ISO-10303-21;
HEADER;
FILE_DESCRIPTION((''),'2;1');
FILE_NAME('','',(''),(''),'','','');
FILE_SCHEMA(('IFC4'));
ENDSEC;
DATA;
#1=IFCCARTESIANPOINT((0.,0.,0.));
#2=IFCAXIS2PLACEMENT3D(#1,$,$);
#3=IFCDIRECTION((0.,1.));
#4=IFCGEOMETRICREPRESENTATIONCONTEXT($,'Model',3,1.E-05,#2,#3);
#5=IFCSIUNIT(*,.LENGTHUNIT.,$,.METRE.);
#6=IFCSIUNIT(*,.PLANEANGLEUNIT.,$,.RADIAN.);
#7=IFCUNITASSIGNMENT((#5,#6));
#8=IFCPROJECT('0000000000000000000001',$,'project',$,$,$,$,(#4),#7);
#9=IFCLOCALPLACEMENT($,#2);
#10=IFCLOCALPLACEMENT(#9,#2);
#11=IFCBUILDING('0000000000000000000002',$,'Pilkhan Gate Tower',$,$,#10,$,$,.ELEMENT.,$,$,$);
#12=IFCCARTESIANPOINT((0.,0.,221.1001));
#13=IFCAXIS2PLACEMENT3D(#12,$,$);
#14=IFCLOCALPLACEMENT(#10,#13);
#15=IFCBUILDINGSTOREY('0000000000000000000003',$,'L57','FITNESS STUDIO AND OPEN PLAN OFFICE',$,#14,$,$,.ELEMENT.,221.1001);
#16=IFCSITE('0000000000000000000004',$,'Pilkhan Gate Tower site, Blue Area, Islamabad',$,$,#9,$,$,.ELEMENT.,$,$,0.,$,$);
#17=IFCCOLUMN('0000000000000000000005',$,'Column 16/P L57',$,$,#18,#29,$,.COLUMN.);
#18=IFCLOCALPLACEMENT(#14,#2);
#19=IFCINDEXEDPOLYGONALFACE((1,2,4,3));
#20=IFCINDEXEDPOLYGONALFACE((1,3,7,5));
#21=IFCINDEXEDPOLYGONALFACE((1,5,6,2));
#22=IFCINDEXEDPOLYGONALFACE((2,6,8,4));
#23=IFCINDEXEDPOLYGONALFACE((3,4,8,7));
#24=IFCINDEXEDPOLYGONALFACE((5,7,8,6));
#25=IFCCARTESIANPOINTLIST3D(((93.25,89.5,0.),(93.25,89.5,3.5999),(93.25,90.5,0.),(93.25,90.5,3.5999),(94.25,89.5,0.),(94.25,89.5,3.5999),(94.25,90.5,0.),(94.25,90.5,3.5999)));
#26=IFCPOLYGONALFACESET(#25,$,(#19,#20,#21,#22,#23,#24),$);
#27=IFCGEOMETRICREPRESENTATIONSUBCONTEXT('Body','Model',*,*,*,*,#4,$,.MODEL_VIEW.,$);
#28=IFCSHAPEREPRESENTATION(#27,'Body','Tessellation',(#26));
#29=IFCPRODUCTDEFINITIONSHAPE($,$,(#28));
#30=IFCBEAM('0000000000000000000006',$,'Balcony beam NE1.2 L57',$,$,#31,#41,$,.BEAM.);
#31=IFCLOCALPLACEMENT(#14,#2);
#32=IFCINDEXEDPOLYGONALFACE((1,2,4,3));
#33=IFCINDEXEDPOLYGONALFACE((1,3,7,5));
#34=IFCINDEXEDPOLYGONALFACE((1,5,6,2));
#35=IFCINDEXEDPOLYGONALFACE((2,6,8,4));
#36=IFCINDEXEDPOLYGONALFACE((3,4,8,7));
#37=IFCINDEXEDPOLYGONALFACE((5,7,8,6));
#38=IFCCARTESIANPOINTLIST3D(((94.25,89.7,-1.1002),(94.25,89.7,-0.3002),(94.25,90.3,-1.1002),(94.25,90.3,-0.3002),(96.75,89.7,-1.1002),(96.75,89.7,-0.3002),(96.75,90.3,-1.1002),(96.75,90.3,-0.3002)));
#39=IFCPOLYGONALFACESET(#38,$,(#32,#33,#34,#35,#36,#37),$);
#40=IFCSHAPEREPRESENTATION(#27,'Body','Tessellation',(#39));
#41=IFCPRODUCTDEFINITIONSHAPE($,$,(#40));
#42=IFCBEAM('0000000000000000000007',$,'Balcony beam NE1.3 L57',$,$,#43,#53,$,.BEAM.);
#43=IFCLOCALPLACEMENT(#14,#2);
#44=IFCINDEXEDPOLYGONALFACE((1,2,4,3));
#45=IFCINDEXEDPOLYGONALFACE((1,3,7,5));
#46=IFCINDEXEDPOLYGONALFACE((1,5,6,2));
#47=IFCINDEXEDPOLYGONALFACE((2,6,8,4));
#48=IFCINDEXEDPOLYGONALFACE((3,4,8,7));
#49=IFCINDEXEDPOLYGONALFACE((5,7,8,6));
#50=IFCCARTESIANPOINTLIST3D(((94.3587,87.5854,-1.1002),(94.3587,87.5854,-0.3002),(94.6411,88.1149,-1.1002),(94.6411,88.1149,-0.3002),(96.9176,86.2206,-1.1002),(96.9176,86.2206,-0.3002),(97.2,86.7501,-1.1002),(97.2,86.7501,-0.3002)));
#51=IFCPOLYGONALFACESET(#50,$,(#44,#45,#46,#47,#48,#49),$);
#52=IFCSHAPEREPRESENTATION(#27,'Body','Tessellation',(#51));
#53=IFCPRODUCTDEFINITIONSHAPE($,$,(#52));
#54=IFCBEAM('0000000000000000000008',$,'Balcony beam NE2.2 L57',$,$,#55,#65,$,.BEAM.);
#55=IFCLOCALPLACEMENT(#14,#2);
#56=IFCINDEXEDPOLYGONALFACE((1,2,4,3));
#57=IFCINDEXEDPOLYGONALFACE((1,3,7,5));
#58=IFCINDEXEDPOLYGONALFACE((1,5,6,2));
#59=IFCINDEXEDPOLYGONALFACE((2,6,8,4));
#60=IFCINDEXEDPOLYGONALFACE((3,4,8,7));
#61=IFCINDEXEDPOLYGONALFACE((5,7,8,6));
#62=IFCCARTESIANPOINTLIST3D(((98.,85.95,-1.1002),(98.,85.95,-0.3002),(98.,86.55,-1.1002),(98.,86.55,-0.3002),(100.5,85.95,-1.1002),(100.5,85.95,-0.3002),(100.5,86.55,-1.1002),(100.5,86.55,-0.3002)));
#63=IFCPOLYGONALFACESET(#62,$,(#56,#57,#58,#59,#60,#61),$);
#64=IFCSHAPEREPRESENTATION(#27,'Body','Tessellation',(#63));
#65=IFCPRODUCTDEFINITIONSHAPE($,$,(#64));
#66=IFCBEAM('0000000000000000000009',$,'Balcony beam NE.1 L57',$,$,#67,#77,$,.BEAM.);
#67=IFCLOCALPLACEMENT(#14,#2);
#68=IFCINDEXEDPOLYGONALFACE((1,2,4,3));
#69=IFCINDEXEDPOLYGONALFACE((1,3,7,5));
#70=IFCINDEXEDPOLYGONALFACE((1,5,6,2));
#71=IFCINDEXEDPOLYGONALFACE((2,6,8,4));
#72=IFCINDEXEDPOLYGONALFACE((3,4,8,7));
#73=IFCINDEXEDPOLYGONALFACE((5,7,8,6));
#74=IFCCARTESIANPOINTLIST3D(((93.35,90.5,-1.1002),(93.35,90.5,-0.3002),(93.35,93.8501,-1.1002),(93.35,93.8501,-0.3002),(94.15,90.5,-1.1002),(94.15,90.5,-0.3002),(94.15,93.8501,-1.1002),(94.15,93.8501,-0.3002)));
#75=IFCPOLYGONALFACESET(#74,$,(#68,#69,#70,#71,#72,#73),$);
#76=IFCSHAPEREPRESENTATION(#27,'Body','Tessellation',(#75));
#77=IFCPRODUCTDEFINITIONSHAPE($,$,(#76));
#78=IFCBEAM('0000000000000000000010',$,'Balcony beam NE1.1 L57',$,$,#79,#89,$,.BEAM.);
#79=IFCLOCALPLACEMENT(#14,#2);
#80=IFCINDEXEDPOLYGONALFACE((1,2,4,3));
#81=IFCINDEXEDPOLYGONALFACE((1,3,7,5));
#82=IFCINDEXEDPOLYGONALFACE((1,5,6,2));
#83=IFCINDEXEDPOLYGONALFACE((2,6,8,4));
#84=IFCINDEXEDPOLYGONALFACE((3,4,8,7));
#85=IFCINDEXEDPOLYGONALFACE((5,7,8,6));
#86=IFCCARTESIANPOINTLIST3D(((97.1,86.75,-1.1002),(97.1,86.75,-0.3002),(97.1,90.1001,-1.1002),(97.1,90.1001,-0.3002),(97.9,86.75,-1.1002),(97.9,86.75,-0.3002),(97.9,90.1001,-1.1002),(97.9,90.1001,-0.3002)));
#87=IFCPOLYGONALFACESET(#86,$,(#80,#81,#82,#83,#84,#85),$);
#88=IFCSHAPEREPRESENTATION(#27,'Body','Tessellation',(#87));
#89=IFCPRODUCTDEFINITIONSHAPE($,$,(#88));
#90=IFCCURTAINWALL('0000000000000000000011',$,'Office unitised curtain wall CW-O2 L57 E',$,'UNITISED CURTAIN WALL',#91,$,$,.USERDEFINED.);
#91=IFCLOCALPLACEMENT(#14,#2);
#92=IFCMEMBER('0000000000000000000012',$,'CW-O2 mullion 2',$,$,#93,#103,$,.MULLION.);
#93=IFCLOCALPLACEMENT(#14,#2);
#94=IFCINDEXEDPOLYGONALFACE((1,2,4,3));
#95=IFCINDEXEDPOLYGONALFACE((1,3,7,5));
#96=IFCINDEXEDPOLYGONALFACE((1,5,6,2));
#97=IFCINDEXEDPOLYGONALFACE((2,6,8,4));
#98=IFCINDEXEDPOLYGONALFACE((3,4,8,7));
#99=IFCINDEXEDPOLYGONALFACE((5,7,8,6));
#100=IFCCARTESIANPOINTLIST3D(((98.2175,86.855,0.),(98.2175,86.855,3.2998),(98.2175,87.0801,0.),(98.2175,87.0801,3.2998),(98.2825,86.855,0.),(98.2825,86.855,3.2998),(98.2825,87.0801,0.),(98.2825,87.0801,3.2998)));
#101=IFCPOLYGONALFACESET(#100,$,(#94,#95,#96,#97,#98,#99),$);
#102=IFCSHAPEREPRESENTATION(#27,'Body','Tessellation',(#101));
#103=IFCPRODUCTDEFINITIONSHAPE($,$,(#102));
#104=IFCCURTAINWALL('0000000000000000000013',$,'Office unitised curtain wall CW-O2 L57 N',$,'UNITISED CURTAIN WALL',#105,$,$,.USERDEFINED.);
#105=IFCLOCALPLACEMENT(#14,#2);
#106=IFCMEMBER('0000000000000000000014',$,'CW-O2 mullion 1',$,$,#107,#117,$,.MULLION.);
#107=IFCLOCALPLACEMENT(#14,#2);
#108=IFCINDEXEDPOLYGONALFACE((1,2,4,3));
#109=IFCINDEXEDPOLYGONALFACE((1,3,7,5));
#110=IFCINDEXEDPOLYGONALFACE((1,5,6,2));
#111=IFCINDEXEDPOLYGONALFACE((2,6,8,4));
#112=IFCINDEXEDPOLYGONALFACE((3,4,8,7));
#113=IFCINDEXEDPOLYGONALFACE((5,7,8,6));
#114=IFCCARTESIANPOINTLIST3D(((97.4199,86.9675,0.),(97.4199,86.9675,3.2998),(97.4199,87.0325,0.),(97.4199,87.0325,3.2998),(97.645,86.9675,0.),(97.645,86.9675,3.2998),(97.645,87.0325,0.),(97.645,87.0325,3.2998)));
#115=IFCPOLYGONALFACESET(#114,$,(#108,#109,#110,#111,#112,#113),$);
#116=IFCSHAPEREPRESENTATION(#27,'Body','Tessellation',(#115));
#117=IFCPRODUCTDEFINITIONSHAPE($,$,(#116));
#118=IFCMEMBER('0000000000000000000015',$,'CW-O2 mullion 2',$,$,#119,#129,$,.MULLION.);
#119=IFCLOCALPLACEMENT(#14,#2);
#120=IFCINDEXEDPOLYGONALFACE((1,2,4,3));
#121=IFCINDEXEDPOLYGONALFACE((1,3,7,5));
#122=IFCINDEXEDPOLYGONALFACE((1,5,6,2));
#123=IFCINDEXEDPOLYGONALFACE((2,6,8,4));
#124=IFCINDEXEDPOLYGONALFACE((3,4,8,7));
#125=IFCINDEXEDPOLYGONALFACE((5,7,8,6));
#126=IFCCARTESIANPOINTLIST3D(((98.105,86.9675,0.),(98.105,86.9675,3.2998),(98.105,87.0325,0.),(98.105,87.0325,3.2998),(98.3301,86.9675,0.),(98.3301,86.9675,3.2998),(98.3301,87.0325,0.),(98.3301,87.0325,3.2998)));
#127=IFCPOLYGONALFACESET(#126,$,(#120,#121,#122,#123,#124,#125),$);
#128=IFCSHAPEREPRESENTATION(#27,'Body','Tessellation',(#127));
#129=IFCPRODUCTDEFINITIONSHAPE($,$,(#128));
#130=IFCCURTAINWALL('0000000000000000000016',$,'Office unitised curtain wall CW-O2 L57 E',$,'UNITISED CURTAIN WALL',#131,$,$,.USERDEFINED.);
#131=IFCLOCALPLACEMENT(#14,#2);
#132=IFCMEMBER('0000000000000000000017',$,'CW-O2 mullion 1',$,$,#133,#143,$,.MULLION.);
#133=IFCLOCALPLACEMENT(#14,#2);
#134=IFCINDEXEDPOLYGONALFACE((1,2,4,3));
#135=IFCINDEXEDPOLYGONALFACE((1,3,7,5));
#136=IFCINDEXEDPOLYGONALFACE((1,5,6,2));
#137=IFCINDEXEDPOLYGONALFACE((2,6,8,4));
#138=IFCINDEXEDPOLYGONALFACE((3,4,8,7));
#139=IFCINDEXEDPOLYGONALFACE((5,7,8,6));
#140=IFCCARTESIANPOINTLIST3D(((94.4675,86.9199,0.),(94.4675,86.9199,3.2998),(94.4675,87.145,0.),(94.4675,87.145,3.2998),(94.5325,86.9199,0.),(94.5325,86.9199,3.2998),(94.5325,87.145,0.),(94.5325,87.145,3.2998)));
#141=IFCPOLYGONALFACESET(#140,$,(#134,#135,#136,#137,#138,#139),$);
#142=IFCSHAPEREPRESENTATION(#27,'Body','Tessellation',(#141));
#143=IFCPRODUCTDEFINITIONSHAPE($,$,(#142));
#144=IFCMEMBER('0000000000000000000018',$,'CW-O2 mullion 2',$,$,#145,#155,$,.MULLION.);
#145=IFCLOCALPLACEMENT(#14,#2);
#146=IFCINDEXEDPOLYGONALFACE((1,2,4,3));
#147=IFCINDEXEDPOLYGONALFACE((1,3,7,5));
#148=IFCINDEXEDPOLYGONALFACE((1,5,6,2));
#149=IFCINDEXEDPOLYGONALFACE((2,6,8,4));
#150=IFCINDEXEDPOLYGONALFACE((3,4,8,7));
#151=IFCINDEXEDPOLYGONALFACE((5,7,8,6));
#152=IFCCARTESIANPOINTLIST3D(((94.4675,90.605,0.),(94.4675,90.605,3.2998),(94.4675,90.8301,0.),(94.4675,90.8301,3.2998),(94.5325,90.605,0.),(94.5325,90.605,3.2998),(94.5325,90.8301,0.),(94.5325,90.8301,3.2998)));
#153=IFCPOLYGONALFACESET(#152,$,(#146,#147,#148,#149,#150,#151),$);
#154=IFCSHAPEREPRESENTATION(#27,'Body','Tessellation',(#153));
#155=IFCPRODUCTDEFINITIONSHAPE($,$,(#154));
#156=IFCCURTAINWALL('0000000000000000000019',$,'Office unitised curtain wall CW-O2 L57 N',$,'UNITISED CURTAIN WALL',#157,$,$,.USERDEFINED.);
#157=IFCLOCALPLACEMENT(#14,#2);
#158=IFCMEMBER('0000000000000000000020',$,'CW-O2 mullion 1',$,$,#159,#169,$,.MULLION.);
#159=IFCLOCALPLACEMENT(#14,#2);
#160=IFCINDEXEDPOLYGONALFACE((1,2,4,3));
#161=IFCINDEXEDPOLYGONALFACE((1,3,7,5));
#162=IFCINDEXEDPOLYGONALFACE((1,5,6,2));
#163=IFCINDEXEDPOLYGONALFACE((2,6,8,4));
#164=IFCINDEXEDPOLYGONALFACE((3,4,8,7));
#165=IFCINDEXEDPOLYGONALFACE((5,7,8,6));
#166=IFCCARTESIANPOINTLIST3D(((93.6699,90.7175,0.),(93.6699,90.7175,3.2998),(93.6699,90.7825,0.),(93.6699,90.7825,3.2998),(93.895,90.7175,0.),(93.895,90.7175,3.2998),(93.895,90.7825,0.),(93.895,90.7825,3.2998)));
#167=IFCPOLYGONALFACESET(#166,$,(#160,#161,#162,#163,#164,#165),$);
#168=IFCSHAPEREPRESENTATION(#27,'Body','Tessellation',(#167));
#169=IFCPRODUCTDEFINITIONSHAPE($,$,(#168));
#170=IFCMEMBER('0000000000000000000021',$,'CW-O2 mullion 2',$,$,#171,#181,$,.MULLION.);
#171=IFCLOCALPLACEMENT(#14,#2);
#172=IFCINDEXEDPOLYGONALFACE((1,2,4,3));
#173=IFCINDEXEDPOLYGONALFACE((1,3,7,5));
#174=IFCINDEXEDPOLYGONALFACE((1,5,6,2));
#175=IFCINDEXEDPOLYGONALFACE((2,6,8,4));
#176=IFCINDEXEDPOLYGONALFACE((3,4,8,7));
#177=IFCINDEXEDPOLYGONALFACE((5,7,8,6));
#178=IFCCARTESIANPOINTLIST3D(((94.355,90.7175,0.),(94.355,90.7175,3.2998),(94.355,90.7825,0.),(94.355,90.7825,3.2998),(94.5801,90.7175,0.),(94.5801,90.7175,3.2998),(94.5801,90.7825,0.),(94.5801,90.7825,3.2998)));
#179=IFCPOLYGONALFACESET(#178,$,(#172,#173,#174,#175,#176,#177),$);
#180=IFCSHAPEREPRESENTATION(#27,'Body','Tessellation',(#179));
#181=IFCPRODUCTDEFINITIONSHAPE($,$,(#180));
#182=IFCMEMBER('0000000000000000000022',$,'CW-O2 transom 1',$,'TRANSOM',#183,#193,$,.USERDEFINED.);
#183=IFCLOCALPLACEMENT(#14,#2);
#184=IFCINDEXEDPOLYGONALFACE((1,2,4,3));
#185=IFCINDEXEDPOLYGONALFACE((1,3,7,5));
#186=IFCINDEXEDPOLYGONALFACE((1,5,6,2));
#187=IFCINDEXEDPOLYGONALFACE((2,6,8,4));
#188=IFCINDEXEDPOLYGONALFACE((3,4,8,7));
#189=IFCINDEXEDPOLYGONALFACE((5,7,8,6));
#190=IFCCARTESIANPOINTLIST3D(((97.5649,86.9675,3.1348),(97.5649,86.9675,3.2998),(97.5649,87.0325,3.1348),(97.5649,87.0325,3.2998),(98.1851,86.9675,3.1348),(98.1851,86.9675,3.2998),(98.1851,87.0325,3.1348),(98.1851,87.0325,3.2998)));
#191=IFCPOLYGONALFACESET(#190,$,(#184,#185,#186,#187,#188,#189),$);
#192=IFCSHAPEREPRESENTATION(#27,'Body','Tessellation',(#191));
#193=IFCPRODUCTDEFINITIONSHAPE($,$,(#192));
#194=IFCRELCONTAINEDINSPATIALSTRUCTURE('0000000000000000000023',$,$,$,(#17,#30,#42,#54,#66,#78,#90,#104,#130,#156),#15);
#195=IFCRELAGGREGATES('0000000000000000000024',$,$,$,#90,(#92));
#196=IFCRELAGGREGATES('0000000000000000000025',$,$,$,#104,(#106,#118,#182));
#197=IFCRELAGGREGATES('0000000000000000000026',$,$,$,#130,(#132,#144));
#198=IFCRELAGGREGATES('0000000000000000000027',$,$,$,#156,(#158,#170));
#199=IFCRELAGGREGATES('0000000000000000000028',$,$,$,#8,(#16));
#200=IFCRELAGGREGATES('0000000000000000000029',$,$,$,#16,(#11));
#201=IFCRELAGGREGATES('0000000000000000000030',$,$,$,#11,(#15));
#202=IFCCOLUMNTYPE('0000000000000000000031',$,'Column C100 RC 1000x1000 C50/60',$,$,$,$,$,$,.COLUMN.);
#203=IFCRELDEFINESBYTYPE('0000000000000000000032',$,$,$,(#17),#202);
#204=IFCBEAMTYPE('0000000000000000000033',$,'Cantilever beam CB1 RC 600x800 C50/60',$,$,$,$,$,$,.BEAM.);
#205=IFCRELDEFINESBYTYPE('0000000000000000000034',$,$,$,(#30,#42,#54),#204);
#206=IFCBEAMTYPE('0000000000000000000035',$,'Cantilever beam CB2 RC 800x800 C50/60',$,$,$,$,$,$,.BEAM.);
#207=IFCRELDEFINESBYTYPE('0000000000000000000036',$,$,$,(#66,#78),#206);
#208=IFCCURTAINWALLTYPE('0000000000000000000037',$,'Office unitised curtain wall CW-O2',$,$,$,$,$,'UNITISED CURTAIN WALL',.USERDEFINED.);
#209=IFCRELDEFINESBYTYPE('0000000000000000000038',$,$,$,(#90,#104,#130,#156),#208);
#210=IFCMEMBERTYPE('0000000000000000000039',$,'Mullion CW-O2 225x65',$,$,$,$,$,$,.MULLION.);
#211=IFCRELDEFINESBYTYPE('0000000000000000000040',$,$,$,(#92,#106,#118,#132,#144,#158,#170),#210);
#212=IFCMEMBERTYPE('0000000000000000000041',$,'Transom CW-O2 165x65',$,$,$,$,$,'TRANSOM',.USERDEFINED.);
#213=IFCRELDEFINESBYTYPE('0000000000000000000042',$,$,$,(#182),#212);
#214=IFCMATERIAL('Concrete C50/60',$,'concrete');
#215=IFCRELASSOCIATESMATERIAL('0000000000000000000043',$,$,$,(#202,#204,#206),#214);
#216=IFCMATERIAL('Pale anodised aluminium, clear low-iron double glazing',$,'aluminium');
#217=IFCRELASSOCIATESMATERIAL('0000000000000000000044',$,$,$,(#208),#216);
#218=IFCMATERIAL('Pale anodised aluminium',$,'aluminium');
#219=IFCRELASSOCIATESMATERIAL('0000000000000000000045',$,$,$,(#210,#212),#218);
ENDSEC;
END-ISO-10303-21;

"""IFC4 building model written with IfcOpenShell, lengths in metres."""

from ifc_helpers import new_model, si_unit, direction, frame, origin, origin_2d, place, context, subcontext, project, spatial, rectangle, extrude, material, material_profile, profile_set, type_object, element, aggregate, save


model = new_model("IFC4")

# Units and contexts
model_context = context("Model", 3, precision=1e-05, world=origin(), true_north=direction((0.0, 1.0)))
body_context = subcontext(model_context, "Body", "Model", "MODEL_VIEW")
ifc_project = project(units=[si_unit("LENGTHUNIT", "METRE"), si_unit("PLANEANGLEUNIT", "RADIAN")], contexts=[model_context])

# Site, building, storey
site_placement = place(None, origin())
site = spatial("IfcSite", under=ifc_project, at=site_placement, Name="Pilkhan Gate Tower site, Blue Area, Islamabad", CompositionType="ELEMENT", RefElevation=0.0)
building_placement = place(site_placement, origin())
building = spatial("IfcBuilding", under=site, at=building_placement, Name="Pilkhan Gate Tower", CompositionType="ELEMENT")
storey_placement = place(building_placement, frame((0.0, 0.0, 221.1001)))
storey = spatial("IfcBuildingStorey", under=building, at=storey_placement, Name="L57", Description="FITNESS STUDIO AND OPEN PLAN OFFICE", CompositionType="ELEMENT", Elevation=221.1001)

# Column
ifc_material_1 = material(Name="Concrete C50/60", Category="concrete")
ifc_material_profile_1 = material_profile(ifc_material_1, rectangle(XDim=1.0, YDim=1.0, at=origin_2d()), Name="RC 1000x1000")
ifc_profile_set_1 = profile_set([ifc_material_profile_1], Name="Concrete C50/60")
column_type = type_object("IfcColumnType", Name="Column C100 RC 1000x1000 C50/60", PredefinedType="COLUMN", material=ifc_profile_set_1)
column_placement = place(storey_placement, frame((93.75, 90.0, 0.0), z_axis=(0.0, 0.0, 1.0), x_axis=(1.0, 0.0, 0.0)))
element("IfcColumn", 1, at=column_placement, inside=storey, type_object=column_type, Name="Column 16/P L57", PredefinedType="COLUMN", context=body_context, shape_type="SweptSolid", body=[
    extrude(rectangle(XDim=1.0, YDim=1.0, at=origin_2d()), origin(), (0.0, 0.0, 1.0), 3.5999),
])

# Beams
ifc_material_profile_2 = material_profile(ifc_material_1, rectangle(XDim=0.6001, YDim=0.8, at=origin_2d()), Name="RC 600x800")
ifc_profile_set_2 = profile_set([ifc_material_profile_2], Name="Concrete C50/60")
beam_type_1 = type_object("IfcBeamType", Name="Cantilever beam CB1 RC 600x800 C50/60", PredefinedType="BEAM", material=ifc_profile_set_2)
beam_1_placement = place(storey_placement, frame((94.25, 90.0, -0.7002), z_axis=(1.0, 0.0, 0.0), x_axis=(0.0, 1.0, 0.0)))
element("IfcBeam", 2, at=beam_1_placement, inside=storey, type_object=beam_type_1, Name="Balcony beam NE1.2 L57", PredefinedType="BEAM", context=body_context, shape_type="SweptSolid", body=[
    extrude(rectangle(XDim=0.6001, YDim=0.8, at=origin_2d()), origin(), (0.0, 0.0, 1.0), 2.5),
])
beam_2_placement = place(storey_placement, frame((97.0588, 86.4854, -0.7002), z_axis=(-0.882348, 0.470597, 0.0), x_axis=(-0.470597, -0.882348, 0.0)))
element("IfcBeam", 3, at=beam_2_placement, inside=storey, type_object=beam_type_1, Name="Balcony beam NE1.3 L57", PredefinedType="BEAM", context=body_context, shape_type="SweptSolid", body=[
    extrude(rectangle(XDim=0.6001, YDim=0.8, at=origin_2d()), origin(), (0.0, 0.0, 1.0), 2.9001),
])
beam_3_placement = place(storey_placement, frame((98.0, 86.25, -0.7002), z_axis=(1.0, 0.0, 0.0), x_axis=(0.0, 1.0, 0.0)))
element("IfcBeam", 4, at=beam_3_placement, inside=storey, type_object=beam_type_1, Name="Balcony beam NE2.2 L57", PredefinedType="BEAM", context=body_context, shape_type="SweptSolid", body=[
    extrude(rectangle(XDim=0.6001, YDim=0.8, at=origin_2d()), origin(), (0.0, 0.0, 1.0), 2.5),
])
ifc_material_profile_3 = material_profile(ifc_material_1, rectangle(XDim=0.8, YDim=0.8, at=origin_2d()), Name="RC 800x800")
ifc_profile_set_3 = profile_set([ifc_material_profile_3], Name="Concrete C50/60")
beam_type_2 = type_object("IfcBeamType", Name="Cantilever beam CB2 RC 800x800 C50/60", PredefinedType="BEAM", material=ifc_profile_set_3)
for number, where, z_axis, x_axis, name in (
    (5, (93.75, 90.5, -0.7002), (0.0, 1.0, 0.0), (-1.0, 0.0, 0.0), "Balcony beam NE.1 L57"),
    (6, (97.5, 86.75, -0.7002), (0.0, 1.0, 0.0), (-1.0, 0.0, 0.0), "Balcony beam NE1.1 L57"),
):
    element("IfcBeam", number, at=place(storey_placement, frame(where, z_axis=z_axis, x_axis=x_axis)), inside=storey, type_object=beam_type_2, Name=name, PredefinedType="BEAM", context=body_context, shape_type="SweptSolid", body=[
        extrude(rectangle(XDim=0.8, YDim=0.8, at=origin_2d()), origin(), (0.0, 0.0, 1.0), 3.3501),
    ])

# Curtain wall, member
ifc_material_2 = material(Name="Pale anodised aluminium, clear low-iron double glazing", Category="aluminium")
curtain_wall_type = type_object("IfcCurtainWallType", Name="Office unitised curtain wall CW-O2", ElementType="UNITISED CURTAIN WALL", PredefinedType="USERDEFINED", material=ifc_material_2)
curtain_wall_1_placement = place(storey_placement, origin())
curtain_wall_1 = element("IfcCurtainWall", 7, at=curtain_wall_1_placement, inside=storey, type_object=curtain_wall_type, Name="Office unitised curtain wall CW-O2 L57 E", ObjectType="UNITISED CURTAIN WALL", PredefinedType="USERDEFINED")
ifc_material_3 = material(Name="Pale anodised aluminium", Category="aluminium")
ifc_material_profile_4 = material_profile(ifc_material_3, rectangle(XDim=0.0649, YDim=0.2251, at=origin_2d()), Name="Mullion 225x65")
ifc_profile_set_4 = profile_set([ifc_material_profile_4], Name="Pale anodised aluminium")
member_type_1 = type_object("IfcMemberType", Name="Mullion CW-O2 225x65", PredefinedType="MULLION", material=ifc_profile_set_4)
member_1_placement = place(storey_placement, frame((98.25, 86.9675, 0.0), z_axis=(0.0, 0.0, 1.0), x_axis=(-1.0, 0.0, 0.0)))
member_1 = element("IfcMember", 8, at=member_1_placement, type_object=member_type_1, Name="CW-O2 mullion 2", PredefinedType="MULLION", context=body_context, shape_type="SweptSolid", body=[
    extrude(rectangle(XDim=0.0649, YDim=0.2251, at=origin_2d()), origin(), (0.0, 0.0, 1.0), 3.2998),
])
aggregate(curtain_wall_1, [member_1])

# Curtain walls, members
curtain_wall_2_placement = place(storey_placement, origin())
curtain_wall_2 = element("IfcCurtainWall", 9, at=curtain_wall_2_placement, inside=storey, type_object=curtain_wall_type, Name="Office unitised curtain wall CW-O2 L57 N", ObjectType="UNITISED CURTAIN WALL", PredefinedType="USERDEFINED")
member_2_placement = place(storey_placement, frame((97.5325, 87.0, 0.0), z_axis=(0.0, 0.0, 1.0), x_axis=(0.0, 1.0, 0.0)))
member_2 = element("IfcMember", 10, at=member_2_placement, type_object=member_type_1, Name="CW-O2 mullion 1", PredefinedType="MULLION", context=body_context, shape_type="SweptSolid", body=[
    extrude(rectangle(XDim=0.0649, YDim=0.2251, at=origin_2d()), origin(), (0.0, 0.0, 1.0), 3.2998),
])
member_3_placement = place(storey_placement, frame((98.2175, 87.0, 0.0), z_axis=(0.0, 0.0, 1.0), x_axis=(0.0, 1.0, 0.0)))
member_3 = element("IfcMember", 11, at=member_3_placement, type_object=member_type_1, Name="CW-O2 mullion 2", PredefinedType="MULLION", context=body_context, shape_type="SweptSolid", body=[
    extrude(rectangle(XDim=0.0649, YDim=0.2251, at=origin_2d()), origin(), (0.0, 0.0, 1.0), 3.2998),
])
curtain_wall_3_placement = place(storey_placement, origin())
curtain_wall_3 = element("IfcCurtainWall", 12, at=curtain_wall_3_placement, inside=storey, type_object=curtain_wall_type, Name="Office unitised curtain wall CW-O2 L57 E", ObjectType="UNITISED CURTAIN WALL", PredefinedType="USERDEFINED")
member_4_placement = place(storey_placement, frame((94.5, 87.0325, 0.0), z_axis=(0.0, 0.0, 1.0), x_axis=(-1.0, 0.0, 0.0)))
member_4 = element("IfcMember", 13, at=member_4_placement, type_object=member_type_1, Name="CW-O2 mullion 1", PredefinedType="MULLION", context=body_context, shape_type="SweptSolid", body=[
    extrude(rectangle(XDim=0.0649, YDim=0.2251, at=origin_2d()), origin(), (0.0, 0.0, 1.0), 3.2998),
])
member_5_placement = place(storey_placement, frame((94.5, 90.7175, 0.0), z_axis=(0.0, 0.0, 1.0), x_axis=(-1.0, 0.0, 0.0)))
member_5 = element("IfcMember", 14, at=member_5_placement, type_object=member_type_1, Name="CW-O2 mullion 2", PredefinedType="MULLION", context=body_context, shape_type="SweptSolid", body=[
    extrude(rectangle(XDim=0.0649, YDim=0.2251, at=origin_2d()), origin(), (0.0, 0.0, 1.0), 3.2998),
])
curtain_wall_4_placement = place(storey_placement, origin())
curtain_wall_4 = element("IfcCurtainWall", 15, at=curtain_wall_4_placement, inside=storey, type_object=curtain_wall_type, Name="Office unitised curtain wall CW-O2 L57 N", ObjectType="UNITISED CURTAIN WALL", PredefinedType="USERDEFINED")
member_6_placement = place(storey_placement, frame((93.7825, 90.75, 0.0), z_axis=(0.0, 0.0, 1.0), x_axis=(0.0, 1.0, 0.0)))
member_6 = element("IfcMember", 16, at=member_6_placement, type_object=member_type_1, Name="CW-O2 mullion 1", PredefinedType="MULLION", context=body_context, shape_type="SweptSolid", body=[
    extrude(rectangle(XDim=0.0649, YDim=0.2251, at=origin_2d()), origin(), (0.0, 0.0, 1.0), 3.2998),
])
member_7_placement = place(storey_placement, frame((94.4675, 90.75, 0.0), z_axis=(0.0, 0.0, 1.0), x_axis=(0.0, 1.0, 0.0)))
member_7 = element("IfcMember", 17, at=member_7_placement, type_object=member_type_1, Name="CW-O2 mullion 2", PredefinedType="MULLION", context=body_context, shape_type="SweptSolid", body=[
    extrude(rectangle(XDim=0.0649, YDim=0.2251, at=origin_2d()), origin(), (0.0, 0.0, 1.0), 3.2998),
])

# Member
ifc_material_profile_5 = material_profile(ifc_material_3, rectangle(XDim=0.0649, YDim=0.165, at=origin_2d()), Name="Transom 165x65")
ifc_profile_set_5 = profile_set([ifc_material_profile_5], Name="Pale anodised aluminium")
member_type_2 = type_object("IfcMemberType", Name="Transom CW-O2 165x65", ElementType="TRANSOM", PredefinedType="USERDEFINED", material=ifc_profile_set_5)
member_8_placement = place(storey_placement, frame((97.5649, 87.0, 3.2173), z_axis=(1.0, 0.0, 0.0), x_axis=(0.0, 1.0, 0.0)))
member_8 = element("IfcMember", 18, at=member_8_placement, type_object=member_type_2, Name="CW-O2 transom 1", ObjectType="TRANSOM", PredefinedType="USERDEFINED", context=body_context, shape_type="SweptSolid", body=[
    extrude(rectangle(XDim=0.0649, YDim=0.165, at=origin_2d()), origin(), (0.0, 0.0, 1.0), 0.6201),
])

aggregate(curtain_wall_2, [member_2, member_3, member_8])
aggregate(curtain_wall_3, [member_4, member_5])
aggregate(curtain_wall_4, [member_6, member_7])

save(model, "model.ifc")
